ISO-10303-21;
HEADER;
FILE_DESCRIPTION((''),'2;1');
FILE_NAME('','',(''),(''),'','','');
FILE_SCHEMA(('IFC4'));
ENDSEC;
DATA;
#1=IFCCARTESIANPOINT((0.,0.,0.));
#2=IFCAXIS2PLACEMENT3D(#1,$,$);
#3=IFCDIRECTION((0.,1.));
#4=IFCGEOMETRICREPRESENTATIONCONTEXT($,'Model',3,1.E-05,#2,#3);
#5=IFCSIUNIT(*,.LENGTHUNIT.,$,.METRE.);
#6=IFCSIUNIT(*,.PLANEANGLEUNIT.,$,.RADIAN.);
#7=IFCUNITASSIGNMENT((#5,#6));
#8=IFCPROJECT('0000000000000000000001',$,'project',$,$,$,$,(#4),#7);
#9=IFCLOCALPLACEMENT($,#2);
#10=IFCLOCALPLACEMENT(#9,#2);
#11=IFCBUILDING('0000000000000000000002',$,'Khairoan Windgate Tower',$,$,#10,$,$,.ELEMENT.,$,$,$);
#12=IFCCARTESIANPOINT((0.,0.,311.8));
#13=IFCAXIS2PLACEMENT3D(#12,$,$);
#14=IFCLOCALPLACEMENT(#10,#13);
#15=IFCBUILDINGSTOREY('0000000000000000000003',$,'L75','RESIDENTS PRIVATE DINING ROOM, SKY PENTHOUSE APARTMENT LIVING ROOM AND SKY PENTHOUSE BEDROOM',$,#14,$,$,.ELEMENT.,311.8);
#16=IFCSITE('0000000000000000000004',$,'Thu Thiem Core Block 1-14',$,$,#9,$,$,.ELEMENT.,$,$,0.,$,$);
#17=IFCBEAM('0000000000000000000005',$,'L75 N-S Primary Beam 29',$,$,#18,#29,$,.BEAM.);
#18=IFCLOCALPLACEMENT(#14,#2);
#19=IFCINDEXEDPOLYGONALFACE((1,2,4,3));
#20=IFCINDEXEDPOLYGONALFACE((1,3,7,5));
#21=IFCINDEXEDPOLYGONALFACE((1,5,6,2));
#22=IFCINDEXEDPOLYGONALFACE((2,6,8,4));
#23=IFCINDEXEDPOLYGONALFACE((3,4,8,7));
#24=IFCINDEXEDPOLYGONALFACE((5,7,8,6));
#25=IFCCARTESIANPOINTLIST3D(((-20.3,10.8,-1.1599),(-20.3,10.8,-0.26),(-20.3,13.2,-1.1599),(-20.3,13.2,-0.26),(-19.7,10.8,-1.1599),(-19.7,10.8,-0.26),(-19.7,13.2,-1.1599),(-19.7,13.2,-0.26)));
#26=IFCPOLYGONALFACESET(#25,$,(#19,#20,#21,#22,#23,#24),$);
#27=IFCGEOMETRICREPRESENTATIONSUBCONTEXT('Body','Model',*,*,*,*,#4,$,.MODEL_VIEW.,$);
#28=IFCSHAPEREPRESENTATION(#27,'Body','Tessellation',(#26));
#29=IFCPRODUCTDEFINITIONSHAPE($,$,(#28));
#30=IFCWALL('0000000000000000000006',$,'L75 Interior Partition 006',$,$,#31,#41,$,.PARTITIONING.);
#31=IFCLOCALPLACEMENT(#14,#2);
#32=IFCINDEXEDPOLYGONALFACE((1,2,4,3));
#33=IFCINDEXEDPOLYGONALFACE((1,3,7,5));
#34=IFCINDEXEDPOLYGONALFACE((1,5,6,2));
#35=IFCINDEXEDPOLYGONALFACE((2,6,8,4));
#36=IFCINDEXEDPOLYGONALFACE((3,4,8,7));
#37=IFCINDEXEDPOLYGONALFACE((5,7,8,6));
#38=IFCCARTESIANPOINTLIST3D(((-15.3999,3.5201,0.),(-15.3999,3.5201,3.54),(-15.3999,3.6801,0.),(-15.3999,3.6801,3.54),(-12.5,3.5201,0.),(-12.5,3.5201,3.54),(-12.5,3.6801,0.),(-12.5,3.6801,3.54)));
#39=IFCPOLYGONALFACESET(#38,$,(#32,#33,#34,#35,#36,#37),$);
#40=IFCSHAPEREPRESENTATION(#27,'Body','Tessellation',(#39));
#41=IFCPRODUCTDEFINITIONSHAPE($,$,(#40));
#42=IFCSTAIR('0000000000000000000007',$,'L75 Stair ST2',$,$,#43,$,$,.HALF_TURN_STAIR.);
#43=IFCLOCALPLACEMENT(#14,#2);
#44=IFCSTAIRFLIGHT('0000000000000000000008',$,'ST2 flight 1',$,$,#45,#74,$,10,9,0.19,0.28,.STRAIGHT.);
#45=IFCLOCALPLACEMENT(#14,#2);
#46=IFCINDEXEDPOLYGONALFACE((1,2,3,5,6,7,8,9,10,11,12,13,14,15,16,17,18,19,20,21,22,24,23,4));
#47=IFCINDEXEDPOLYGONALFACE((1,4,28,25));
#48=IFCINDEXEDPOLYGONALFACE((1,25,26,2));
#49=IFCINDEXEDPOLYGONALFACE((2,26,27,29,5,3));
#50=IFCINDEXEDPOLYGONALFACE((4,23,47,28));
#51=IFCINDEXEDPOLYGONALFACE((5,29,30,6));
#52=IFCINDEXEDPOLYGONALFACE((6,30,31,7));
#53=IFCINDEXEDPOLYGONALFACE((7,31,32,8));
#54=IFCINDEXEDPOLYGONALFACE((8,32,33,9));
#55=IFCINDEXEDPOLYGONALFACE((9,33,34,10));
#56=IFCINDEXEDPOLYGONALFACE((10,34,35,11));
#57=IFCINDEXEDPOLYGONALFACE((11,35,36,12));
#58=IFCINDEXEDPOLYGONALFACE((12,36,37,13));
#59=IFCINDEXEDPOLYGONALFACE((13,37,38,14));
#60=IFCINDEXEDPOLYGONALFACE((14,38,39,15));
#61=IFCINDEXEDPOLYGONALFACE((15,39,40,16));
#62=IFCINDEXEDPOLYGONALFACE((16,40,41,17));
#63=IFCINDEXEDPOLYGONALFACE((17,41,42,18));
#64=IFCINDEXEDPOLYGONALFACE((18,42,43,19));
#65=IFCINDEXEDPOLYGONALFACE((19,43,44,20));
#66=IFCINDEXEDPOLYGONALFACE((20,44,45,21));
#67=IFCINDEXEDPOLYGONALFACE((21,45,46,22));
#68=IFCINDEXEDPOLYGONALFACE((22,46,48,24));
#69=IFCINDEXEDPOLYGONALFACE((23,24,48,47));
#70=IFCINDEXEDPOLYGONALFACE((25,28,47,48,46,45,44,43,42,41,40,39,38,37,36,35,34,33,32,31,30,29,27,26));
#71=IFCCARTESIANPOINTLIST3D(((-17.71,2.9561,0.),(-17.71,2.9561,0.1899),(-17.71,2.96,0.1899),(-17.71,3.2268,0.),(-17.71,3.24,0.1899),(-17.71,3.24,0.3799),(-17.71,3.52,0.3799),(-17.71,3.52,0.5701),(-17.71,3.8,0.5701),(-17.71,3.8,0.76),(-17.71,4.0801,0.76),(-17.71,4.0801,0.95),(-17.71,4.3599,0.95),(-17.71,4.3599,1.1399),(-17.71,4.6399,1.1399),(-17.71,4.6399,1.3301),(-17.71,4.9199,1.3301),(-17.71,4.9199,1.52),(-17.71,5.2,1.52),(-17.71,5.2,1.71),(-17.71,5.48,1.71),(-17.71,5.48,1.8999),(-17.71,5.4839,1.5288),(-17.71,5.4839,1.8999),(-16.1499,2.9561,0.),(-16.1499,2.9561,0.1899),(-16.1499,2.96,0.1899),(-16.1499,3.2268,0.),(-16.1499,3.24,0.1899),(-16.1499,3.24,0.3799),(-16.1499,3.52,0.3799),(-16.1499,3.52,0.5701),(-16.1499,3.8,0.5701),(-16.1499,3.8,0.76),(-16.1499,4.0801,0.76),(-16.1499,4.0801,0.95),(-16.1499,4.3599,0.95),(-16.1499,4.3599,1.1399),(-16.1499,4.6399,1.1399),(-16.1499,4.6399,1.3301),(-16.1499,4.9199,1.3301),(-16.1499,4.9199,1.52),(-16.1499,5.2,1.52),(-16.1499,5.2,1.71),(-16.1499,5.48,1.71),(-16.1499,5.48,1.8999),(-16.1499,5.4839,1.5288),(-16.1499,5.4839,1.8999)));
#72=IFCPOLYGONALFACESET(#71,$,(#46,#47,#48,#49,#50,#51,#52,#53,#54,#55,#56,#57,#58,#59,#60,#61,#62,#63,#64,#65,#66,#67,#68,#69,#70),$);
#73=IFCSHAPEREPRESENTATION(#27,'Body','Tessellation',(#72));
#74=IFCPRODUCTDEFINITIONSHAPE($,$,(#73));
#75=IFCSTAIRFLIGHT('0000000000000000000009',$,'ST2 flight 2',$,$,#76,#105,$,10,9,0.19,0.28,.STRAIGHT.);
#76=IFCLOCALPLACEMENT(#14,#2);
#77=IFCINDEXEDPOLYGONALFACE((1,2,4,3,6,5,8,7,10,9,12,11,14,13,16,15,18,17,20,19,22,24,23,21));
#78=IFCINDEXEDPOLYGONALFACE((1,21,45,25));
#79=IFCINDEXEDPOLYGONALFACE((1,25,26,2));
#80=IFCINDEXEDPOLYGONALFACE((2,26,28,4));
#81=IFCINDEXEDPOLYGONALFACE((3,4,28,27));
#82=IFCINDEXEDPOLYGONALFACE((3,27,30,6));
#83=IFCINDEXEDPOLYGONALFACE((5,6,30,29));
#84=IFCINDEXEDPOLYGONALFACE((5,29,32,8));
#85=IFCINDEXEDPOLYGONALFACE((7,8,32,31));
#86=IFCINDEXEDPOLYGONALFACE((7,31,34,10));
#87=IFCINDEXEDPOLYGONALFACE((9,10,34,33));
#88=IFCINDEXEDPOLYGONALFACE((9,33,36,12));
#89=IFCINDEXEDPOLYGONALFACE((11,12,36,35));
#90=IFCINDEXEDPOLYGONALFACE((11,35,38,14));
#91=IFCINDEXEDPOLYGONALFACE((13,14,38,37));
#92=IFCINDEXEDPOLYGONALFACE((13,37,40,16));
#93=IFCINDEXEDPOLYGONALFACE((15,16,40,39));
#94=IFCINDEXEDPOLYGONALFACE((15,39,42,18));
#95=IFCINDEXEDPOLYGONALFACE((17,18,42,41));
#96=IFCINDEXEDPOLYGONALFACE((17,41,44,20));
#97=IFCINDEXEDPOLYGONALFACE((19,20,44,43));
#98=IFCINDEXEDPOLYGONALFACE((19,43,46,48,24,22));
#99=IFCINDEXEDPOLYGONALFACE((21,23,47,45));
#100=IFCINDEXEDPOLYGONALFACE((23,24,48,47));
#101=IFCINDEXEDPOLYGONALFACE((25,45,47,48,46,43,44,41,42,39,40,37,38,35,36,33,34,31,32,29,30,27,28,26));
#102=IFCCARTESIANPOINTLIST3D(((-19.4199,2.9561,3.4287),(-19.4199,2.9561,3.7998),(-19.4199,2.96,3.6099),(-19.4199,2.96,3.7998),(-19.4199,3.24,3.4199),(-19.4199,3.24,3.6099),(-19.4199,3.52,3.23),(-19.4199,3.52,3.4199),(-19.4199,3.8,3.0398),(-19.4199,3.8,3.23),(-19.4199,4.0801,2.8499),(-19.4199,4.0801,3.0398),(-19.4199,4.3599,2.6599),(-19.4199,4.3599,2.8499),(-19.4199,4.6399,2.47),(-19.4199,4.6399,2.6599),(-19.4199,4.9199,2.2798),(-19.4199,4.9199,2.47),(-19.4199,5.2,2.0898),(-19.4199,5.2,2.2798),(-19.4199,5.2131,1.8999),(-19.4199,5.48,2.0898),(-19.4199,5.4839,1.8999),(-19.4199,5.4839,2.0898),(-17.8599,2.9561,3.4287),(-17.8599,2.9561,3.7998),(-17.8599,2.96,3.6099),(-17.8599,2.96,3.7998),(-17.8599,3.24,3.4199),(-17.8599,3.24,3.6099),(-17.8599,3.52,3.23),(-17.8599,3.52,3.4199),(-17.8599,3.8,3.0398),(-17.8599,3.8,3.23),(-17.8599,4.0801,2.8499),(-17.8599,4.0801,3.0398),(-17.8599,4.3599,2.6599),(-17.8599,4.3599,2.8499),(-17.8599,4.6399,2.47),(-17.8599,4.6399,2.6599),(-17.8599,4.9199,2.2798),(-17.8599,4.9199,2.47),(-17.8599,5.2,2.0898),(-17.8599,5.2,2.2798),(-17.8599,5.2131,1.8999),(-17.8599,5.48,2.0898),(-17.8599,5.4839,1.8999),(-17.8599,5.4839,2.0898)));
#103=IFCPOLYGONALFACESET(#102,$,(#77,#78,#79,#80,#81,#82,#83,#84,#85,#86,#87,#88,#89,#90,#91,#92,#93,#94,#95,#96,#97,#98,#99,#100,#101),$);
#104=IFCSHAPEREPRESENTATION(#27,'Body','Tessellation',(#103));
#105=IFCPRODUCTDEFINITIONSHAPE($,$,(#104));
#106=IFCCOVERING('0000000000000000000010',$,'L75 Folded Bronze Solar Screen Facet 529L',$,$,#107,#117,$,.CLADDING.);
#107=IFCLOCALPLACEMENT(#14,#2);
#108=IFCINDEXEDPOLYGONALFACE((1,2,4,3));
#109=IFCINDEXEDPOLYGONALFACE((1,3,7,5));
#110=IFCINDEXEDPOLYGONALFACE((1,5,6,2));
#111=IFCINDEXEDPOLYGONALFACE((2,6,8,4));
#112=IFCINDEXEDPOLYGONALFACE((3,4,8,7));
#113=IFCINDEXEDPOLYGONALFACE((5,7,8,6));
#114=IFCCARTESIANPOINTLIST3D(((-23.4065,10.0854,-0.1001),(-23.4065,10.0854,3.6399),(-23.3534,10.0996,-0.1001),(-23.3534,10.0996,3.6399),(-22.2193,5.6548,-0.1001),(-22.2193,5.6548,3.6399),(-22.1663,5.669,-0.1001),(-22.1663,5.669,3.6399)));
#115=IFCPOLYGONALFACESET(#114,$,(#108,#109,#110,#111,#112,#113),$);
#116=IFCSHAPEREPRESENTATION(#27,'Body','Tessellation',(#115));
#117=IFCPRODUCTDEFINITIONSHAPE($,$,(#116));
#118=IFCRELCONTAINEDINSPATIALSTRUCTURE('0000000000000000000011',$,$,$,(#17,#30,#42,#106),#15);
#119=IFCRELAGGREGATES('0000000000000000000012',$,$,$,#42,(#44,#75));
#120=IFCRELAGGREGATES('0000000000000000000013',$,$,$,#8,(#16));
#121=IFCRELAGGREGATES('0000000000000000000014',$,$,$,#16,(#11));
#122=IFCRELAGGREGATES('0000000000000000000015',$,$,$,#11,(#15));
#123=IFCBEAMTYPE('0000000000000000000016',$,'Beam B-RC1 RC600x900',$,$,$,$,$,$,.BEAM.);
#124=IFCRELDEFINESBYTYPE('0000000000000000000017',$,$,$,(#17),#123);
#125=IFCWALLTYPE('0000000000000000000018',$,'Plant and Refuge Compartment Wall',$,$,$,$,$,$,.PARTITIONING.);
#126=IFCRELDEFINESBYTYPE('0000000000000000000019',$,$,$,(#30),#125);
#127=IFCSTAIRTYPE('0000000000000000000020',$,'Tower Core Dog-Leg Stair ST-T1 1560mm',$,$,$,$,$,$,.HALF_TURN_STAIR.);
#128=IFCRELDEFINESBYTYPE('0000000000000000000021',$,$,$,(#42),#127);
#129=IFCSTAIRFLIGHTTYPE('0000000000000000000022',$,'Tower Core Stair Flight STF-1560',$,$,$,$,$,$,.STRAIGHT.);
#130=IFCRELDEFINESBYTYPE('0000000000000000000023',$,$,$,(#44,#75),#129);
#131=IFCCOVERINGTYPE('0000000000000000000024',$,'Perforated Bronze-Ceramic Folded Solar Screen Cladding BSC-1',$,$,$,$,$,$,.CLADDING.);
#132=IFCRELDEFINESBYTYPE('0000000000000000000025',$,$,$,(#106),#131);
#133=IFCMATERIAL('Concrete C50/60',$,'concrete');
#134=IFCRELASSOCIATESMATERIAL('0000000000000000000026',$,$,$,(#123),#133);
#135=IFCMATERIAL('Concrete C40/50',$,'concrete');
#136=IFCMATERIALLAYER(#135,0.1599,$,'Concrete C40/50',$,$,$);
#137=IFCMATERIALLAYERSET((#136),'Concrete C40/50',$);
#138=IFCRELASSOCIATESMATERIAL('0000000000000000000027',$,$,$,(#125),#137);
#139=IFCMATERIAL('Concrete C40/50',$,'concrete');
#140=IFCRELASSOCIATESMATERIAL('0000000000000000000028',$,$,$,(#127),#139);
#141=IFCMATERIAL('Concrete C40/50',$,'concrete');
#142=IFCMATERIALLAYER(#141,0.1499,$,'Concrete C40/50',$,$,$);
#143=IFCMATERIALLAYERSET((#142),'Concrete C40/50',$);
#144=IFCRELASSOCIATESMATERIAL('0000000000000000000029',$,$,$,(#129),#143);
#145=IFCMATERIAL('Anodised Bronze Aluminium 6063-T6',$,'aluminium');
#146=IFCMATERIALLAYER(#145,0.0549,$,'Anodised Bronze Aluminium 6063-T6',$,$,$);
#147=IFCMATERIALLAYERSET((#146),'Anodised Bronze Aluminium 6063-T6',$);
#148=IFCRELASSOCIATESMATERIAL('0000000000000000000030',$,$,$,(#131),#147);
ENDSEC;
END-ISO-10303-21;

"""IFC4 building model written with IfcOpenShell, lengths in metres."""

from ifc_helpers import new_model, si_unit, direction, frame, frame_2d, origin, origin_2d, place, context, subcontext, project, spatial, polyline, rectangle, outline, extrude, material, layer, layer_set, material_profile, profile_set, type_object, element, aggregate, save


model = new_model("IFC4")

# Units and contexts
model_context = context("Model", 3, precision=1e-05, world=origin(), true_north=direction((0.0, 1.0)))
body_context = subcontext(model_context, "Body", "Model", "MODEL_VIEW")
ifc_project = project(units=[si_unit("LENGTHUNIT", "METRE"), si_unit("PLANEANGLEUNIT", "RADIAN")], contexts=[model_context])

# Site, building, storey
site_placement = place(None, origin())
site = spatial("IfcSite", under=ifc_project, at=site_placement, Name="Thu Thiem Core Block 1-14", CompositionType="ELEMENT", RefElevation=0.0)
building_placement = place(site_placement, origin())
building = spatial("IfcBuilding", under=site, at=building_placement, Name="Khairoan Windgate Tower", CompositionType="ELEMENT")
storey_placement = place(building_placement, frame((0.0, 0.0, 311.8)))
storey = spatial("IfcBuildingStorey", under=building, at=storey_placement, Name="L75", Description="RESIDENTS PRIVATE DINING ROOM, SKY PENTHOUSE APARTMENT LIVING ROOM AND SKY PENTHOUSE BEDROOM", CompositionType="ELEMENT", Elevation=311.8)

# Beam
ifc_material_1 = material(Name="Concrete C50/60", Category="concrete")
ifc_material_profile = material_profile(ifc_material_1, rectangle(XDim=0.6001, YDim=0.8999, at=origin_2d()))
ifc_profile_set = profile_set([ifc_material_profile], Name="Concrete C50/60")
beam_type = type_object("IfcBeamType", Name="Beam B-RC1 RC600x900", PredefinedType="BEAM", material=ifc_profile_set)
beam_placement = place(storey_placement, frame((-20.0, 10.8, -0.71), z_axis=(0.0, 1.0, 0.0), x_axis=(-1.0, 0.0, 0.0)))
element("IfcBeam", 1, at=beam_placement, inside=storey, type_object=beam_type, Name="L75 N-S Primary Beam 29", PredefinedType="BEAM", context=body_context, shape_type="SweptSolid", body=[
    extrude(rectangle(XDim=0.6001, YDim=0.8999, at=origin_2d()), origin(), (0.0, 0.0, 1.0), 2.3999),
])

# Wall
ifc_material_2 = material(Name="Concrete C40/50", Category="concrete")
ifc_layer_1 = layer(ifc_material_2, 0.1599, Name="Concrete C40/50")
ifc_layer_set_1 = layer_set([ifc_layer_1], Name="Concrete C40/50")
wall_type = type_object("IfcWallType", Name="Plant and Refuge Compartment Wall", PredefinedType="PARTITIONING", material=ifc_layer_set_1)
wall_placement = place(storey_placement, frame((-15.3999, 3.6001, 0.0), z_axis=(0.0, 0.0, 1.0), x_axis=(1.0, 0.0, 0.0)))
element("IfcWall", 2, at=wall_placement, inside=storey, type_object=wall_type, Name="L75 Interior Partition 006", PredefinedType="PARTITIONING", context=body_context, shape_type="SweptSolid", body=[
    extrude(rectangle(XDim=2.8999, YDim=0.1599, at=frame_2d((1.45, 0.0))), origin(), (0.0, 0.0, 1.0), 3.54),
])

# Stair, stair flights
ifc_material_3 = material(Name="Concrete C40/50", Category="concrete")
stair_type = type_object("IfcStairType", Name="Tower Core Dog-Leg Stair ST-T1 1560mm", PredefinedType="HALF_TURN_STAIR", material=ifc_material_3)
stair_placement = place(storey_placement, origin())
stair = element("IfcStair", 3, at=stair_placement, inside=storey, type_object=stair_type, Name="L75 Stair ST2", PredefinedType="HALF_TURN_STAIR")
ifc_material_4 = material(Name="Concrete C40/50", Category="concrete")
ifc_layer_2 = layer(ifc_material_4, 0.1499, Name="Concrete C40/50")
ifc_layer_set_2 = layer_set([ifc_layer_2], Name="Concrete C40/50")
stair_flight_type = type_object("IfcStairFlightType", Name="Tower Core Stair Flight STF-1560", PredefinedType="STRAIGHT", material=ifc_layer_set_2)
stair_flight_1_placement = place(storey_placement, frame((-16.9299, 2.96, 0.0), z_axis=(0.0, 0.0, 1.0), x_axis=(0.0, 1.0, 0.0)))
stair_flight_1 = element("IfcStairFlight", 4, at=stair_flight_1_placement, type_object=stair_flight_type, Name="ST2 flight 1", NumberOfRisers=10, NumberOfTreads=9, PredefinedType="STRAIGHT", RiserHeight=0.19, TreadLength=0.28, context=body_context, shape_type="SweptSolid", body=[
    extrude(outline(polyline([(-0.0039, 0.0), (-0.0039, 0.1899), (0.0, 0.1899), (0.28, 0.1899), (0.28, 0.3799), (0.5601, 0.3799), (0.5601, 0.5701), (0.8401, 0.5701), (0.8401, 0.76), (1.1201, 0.76), (1.1201, 0.95), (1.3999, 0.95), (1.3999, 1.1399), (1.6799, 1.1399), (1.6799, 1.3301), (1.96, 1.3301), (1.96, 1.52), (2.24, 1.52), (2.24, 1.71), (2.52, 1.71), (2.52, 1.8999), (2.5239, 1.8999), (2.5239, 1.5288), (0.2668, 0.0), (-0.0039, 0.0)])), frame((0.0, 0.78, 0.0), z_axis=(0.0, -1.0, 0.0), x_axis=(1.0, 0.0, 0.0)), (0.0, 0.0, 1.0), 1.5601),
])
stair_flight_2_placement = place(storey_placement, frame((-18.6399, 5.48, 1.8999), z_axis=(0.0, 0.0, 1.0), x_axis=(0.0, -1.0, 0.0)))
stair_flight_2 = element("IfcStairFlight", 5, at=stair_flight_2_placement, type_object=stair_flight_type, Name="ST2 flight 2", NumberOfRisers=10, NumberOfTreads=9, PredefinedType="STRAIGHT", RiserHeight=0.19, TreadLength=0.28, context=body_context, shape_type="SweptSolid", body=[
    extrude(outline(polyline([(-0.0039, 0.0), (-0.0039, 0.1899), (0.0, 0.1899), (0.28, 0.1899), (0.28, 0.3799), (0.5601, 0.3799), (0.5601, 0.5701), (0.8401, 0.5701), (0.8401, 0.76), (1.1201, 0.76), (1.1201, 0.95), (1.3999, 0.95), (1.3999, 1.1399), (1.6799, 1.1399), (1.6799, 1.3301), (1.96, 1.3301), (1.96, 1.52), (2.24, 1.52), (2.24, 1.71), (2.52, 1.71), (2.52, 1.8999), (2.5239, 1.8999), (2.5239, 1.5288), (0.2668, 0.0), (-0.0039, 0.0)])), frame((0.0, 0.78, 0.0), z_axis=(0.0, -1.0, 0.0), x_axis=(1.0, 0.0, 0.0)), (0.0, 0.0, 1.0), 1.5601),
])
aggregate(stair, [stair_flight_1, stair_flight_2])

# Covering
ifc_material_5 = material(Name="Anodised Bronze Aluminium 6063-T6", Category="aluminium")
ifc_layer_3 = layer(ifc_material_5, 0.0549, Name="Anodised Bronze Aluminium 6063-T6")
ifc_layer_set_3 = layer_set([ifc_layer_3], Name="Anodised Bronze Aluminium 6063-T6")
covering_type = type_object("IfcCoveringType", Name="Perforated Bronze-Ceramic Folded Solar Screen Cladding BSC-1", PredefinedType="CLADDING", material=ifc_layer_set_3)
covering_placement = place(storey_placement, frame((-22.7864, 7.8772, -0.1001), z_axis=(0.0, 0.0, 1.0), x_axis=(-0.258819, 0.965926, 0.0)))
element("IfcCovering", 6, at=covering_placement, inside=storey, type_object=covering_type, Name="L75 Folded Bronze Solar Screen Facet 529L", PredefinedType="CLADDING", context=body_context, shape_type="SweptSolid", body=[
    extrude(rectangle(XDim=4.5869, YDim=0.0549, at=origin_2d()), origin(), (0.0, 0.0, 1.0), 3.74),
])

save(model, "model.ifc")
